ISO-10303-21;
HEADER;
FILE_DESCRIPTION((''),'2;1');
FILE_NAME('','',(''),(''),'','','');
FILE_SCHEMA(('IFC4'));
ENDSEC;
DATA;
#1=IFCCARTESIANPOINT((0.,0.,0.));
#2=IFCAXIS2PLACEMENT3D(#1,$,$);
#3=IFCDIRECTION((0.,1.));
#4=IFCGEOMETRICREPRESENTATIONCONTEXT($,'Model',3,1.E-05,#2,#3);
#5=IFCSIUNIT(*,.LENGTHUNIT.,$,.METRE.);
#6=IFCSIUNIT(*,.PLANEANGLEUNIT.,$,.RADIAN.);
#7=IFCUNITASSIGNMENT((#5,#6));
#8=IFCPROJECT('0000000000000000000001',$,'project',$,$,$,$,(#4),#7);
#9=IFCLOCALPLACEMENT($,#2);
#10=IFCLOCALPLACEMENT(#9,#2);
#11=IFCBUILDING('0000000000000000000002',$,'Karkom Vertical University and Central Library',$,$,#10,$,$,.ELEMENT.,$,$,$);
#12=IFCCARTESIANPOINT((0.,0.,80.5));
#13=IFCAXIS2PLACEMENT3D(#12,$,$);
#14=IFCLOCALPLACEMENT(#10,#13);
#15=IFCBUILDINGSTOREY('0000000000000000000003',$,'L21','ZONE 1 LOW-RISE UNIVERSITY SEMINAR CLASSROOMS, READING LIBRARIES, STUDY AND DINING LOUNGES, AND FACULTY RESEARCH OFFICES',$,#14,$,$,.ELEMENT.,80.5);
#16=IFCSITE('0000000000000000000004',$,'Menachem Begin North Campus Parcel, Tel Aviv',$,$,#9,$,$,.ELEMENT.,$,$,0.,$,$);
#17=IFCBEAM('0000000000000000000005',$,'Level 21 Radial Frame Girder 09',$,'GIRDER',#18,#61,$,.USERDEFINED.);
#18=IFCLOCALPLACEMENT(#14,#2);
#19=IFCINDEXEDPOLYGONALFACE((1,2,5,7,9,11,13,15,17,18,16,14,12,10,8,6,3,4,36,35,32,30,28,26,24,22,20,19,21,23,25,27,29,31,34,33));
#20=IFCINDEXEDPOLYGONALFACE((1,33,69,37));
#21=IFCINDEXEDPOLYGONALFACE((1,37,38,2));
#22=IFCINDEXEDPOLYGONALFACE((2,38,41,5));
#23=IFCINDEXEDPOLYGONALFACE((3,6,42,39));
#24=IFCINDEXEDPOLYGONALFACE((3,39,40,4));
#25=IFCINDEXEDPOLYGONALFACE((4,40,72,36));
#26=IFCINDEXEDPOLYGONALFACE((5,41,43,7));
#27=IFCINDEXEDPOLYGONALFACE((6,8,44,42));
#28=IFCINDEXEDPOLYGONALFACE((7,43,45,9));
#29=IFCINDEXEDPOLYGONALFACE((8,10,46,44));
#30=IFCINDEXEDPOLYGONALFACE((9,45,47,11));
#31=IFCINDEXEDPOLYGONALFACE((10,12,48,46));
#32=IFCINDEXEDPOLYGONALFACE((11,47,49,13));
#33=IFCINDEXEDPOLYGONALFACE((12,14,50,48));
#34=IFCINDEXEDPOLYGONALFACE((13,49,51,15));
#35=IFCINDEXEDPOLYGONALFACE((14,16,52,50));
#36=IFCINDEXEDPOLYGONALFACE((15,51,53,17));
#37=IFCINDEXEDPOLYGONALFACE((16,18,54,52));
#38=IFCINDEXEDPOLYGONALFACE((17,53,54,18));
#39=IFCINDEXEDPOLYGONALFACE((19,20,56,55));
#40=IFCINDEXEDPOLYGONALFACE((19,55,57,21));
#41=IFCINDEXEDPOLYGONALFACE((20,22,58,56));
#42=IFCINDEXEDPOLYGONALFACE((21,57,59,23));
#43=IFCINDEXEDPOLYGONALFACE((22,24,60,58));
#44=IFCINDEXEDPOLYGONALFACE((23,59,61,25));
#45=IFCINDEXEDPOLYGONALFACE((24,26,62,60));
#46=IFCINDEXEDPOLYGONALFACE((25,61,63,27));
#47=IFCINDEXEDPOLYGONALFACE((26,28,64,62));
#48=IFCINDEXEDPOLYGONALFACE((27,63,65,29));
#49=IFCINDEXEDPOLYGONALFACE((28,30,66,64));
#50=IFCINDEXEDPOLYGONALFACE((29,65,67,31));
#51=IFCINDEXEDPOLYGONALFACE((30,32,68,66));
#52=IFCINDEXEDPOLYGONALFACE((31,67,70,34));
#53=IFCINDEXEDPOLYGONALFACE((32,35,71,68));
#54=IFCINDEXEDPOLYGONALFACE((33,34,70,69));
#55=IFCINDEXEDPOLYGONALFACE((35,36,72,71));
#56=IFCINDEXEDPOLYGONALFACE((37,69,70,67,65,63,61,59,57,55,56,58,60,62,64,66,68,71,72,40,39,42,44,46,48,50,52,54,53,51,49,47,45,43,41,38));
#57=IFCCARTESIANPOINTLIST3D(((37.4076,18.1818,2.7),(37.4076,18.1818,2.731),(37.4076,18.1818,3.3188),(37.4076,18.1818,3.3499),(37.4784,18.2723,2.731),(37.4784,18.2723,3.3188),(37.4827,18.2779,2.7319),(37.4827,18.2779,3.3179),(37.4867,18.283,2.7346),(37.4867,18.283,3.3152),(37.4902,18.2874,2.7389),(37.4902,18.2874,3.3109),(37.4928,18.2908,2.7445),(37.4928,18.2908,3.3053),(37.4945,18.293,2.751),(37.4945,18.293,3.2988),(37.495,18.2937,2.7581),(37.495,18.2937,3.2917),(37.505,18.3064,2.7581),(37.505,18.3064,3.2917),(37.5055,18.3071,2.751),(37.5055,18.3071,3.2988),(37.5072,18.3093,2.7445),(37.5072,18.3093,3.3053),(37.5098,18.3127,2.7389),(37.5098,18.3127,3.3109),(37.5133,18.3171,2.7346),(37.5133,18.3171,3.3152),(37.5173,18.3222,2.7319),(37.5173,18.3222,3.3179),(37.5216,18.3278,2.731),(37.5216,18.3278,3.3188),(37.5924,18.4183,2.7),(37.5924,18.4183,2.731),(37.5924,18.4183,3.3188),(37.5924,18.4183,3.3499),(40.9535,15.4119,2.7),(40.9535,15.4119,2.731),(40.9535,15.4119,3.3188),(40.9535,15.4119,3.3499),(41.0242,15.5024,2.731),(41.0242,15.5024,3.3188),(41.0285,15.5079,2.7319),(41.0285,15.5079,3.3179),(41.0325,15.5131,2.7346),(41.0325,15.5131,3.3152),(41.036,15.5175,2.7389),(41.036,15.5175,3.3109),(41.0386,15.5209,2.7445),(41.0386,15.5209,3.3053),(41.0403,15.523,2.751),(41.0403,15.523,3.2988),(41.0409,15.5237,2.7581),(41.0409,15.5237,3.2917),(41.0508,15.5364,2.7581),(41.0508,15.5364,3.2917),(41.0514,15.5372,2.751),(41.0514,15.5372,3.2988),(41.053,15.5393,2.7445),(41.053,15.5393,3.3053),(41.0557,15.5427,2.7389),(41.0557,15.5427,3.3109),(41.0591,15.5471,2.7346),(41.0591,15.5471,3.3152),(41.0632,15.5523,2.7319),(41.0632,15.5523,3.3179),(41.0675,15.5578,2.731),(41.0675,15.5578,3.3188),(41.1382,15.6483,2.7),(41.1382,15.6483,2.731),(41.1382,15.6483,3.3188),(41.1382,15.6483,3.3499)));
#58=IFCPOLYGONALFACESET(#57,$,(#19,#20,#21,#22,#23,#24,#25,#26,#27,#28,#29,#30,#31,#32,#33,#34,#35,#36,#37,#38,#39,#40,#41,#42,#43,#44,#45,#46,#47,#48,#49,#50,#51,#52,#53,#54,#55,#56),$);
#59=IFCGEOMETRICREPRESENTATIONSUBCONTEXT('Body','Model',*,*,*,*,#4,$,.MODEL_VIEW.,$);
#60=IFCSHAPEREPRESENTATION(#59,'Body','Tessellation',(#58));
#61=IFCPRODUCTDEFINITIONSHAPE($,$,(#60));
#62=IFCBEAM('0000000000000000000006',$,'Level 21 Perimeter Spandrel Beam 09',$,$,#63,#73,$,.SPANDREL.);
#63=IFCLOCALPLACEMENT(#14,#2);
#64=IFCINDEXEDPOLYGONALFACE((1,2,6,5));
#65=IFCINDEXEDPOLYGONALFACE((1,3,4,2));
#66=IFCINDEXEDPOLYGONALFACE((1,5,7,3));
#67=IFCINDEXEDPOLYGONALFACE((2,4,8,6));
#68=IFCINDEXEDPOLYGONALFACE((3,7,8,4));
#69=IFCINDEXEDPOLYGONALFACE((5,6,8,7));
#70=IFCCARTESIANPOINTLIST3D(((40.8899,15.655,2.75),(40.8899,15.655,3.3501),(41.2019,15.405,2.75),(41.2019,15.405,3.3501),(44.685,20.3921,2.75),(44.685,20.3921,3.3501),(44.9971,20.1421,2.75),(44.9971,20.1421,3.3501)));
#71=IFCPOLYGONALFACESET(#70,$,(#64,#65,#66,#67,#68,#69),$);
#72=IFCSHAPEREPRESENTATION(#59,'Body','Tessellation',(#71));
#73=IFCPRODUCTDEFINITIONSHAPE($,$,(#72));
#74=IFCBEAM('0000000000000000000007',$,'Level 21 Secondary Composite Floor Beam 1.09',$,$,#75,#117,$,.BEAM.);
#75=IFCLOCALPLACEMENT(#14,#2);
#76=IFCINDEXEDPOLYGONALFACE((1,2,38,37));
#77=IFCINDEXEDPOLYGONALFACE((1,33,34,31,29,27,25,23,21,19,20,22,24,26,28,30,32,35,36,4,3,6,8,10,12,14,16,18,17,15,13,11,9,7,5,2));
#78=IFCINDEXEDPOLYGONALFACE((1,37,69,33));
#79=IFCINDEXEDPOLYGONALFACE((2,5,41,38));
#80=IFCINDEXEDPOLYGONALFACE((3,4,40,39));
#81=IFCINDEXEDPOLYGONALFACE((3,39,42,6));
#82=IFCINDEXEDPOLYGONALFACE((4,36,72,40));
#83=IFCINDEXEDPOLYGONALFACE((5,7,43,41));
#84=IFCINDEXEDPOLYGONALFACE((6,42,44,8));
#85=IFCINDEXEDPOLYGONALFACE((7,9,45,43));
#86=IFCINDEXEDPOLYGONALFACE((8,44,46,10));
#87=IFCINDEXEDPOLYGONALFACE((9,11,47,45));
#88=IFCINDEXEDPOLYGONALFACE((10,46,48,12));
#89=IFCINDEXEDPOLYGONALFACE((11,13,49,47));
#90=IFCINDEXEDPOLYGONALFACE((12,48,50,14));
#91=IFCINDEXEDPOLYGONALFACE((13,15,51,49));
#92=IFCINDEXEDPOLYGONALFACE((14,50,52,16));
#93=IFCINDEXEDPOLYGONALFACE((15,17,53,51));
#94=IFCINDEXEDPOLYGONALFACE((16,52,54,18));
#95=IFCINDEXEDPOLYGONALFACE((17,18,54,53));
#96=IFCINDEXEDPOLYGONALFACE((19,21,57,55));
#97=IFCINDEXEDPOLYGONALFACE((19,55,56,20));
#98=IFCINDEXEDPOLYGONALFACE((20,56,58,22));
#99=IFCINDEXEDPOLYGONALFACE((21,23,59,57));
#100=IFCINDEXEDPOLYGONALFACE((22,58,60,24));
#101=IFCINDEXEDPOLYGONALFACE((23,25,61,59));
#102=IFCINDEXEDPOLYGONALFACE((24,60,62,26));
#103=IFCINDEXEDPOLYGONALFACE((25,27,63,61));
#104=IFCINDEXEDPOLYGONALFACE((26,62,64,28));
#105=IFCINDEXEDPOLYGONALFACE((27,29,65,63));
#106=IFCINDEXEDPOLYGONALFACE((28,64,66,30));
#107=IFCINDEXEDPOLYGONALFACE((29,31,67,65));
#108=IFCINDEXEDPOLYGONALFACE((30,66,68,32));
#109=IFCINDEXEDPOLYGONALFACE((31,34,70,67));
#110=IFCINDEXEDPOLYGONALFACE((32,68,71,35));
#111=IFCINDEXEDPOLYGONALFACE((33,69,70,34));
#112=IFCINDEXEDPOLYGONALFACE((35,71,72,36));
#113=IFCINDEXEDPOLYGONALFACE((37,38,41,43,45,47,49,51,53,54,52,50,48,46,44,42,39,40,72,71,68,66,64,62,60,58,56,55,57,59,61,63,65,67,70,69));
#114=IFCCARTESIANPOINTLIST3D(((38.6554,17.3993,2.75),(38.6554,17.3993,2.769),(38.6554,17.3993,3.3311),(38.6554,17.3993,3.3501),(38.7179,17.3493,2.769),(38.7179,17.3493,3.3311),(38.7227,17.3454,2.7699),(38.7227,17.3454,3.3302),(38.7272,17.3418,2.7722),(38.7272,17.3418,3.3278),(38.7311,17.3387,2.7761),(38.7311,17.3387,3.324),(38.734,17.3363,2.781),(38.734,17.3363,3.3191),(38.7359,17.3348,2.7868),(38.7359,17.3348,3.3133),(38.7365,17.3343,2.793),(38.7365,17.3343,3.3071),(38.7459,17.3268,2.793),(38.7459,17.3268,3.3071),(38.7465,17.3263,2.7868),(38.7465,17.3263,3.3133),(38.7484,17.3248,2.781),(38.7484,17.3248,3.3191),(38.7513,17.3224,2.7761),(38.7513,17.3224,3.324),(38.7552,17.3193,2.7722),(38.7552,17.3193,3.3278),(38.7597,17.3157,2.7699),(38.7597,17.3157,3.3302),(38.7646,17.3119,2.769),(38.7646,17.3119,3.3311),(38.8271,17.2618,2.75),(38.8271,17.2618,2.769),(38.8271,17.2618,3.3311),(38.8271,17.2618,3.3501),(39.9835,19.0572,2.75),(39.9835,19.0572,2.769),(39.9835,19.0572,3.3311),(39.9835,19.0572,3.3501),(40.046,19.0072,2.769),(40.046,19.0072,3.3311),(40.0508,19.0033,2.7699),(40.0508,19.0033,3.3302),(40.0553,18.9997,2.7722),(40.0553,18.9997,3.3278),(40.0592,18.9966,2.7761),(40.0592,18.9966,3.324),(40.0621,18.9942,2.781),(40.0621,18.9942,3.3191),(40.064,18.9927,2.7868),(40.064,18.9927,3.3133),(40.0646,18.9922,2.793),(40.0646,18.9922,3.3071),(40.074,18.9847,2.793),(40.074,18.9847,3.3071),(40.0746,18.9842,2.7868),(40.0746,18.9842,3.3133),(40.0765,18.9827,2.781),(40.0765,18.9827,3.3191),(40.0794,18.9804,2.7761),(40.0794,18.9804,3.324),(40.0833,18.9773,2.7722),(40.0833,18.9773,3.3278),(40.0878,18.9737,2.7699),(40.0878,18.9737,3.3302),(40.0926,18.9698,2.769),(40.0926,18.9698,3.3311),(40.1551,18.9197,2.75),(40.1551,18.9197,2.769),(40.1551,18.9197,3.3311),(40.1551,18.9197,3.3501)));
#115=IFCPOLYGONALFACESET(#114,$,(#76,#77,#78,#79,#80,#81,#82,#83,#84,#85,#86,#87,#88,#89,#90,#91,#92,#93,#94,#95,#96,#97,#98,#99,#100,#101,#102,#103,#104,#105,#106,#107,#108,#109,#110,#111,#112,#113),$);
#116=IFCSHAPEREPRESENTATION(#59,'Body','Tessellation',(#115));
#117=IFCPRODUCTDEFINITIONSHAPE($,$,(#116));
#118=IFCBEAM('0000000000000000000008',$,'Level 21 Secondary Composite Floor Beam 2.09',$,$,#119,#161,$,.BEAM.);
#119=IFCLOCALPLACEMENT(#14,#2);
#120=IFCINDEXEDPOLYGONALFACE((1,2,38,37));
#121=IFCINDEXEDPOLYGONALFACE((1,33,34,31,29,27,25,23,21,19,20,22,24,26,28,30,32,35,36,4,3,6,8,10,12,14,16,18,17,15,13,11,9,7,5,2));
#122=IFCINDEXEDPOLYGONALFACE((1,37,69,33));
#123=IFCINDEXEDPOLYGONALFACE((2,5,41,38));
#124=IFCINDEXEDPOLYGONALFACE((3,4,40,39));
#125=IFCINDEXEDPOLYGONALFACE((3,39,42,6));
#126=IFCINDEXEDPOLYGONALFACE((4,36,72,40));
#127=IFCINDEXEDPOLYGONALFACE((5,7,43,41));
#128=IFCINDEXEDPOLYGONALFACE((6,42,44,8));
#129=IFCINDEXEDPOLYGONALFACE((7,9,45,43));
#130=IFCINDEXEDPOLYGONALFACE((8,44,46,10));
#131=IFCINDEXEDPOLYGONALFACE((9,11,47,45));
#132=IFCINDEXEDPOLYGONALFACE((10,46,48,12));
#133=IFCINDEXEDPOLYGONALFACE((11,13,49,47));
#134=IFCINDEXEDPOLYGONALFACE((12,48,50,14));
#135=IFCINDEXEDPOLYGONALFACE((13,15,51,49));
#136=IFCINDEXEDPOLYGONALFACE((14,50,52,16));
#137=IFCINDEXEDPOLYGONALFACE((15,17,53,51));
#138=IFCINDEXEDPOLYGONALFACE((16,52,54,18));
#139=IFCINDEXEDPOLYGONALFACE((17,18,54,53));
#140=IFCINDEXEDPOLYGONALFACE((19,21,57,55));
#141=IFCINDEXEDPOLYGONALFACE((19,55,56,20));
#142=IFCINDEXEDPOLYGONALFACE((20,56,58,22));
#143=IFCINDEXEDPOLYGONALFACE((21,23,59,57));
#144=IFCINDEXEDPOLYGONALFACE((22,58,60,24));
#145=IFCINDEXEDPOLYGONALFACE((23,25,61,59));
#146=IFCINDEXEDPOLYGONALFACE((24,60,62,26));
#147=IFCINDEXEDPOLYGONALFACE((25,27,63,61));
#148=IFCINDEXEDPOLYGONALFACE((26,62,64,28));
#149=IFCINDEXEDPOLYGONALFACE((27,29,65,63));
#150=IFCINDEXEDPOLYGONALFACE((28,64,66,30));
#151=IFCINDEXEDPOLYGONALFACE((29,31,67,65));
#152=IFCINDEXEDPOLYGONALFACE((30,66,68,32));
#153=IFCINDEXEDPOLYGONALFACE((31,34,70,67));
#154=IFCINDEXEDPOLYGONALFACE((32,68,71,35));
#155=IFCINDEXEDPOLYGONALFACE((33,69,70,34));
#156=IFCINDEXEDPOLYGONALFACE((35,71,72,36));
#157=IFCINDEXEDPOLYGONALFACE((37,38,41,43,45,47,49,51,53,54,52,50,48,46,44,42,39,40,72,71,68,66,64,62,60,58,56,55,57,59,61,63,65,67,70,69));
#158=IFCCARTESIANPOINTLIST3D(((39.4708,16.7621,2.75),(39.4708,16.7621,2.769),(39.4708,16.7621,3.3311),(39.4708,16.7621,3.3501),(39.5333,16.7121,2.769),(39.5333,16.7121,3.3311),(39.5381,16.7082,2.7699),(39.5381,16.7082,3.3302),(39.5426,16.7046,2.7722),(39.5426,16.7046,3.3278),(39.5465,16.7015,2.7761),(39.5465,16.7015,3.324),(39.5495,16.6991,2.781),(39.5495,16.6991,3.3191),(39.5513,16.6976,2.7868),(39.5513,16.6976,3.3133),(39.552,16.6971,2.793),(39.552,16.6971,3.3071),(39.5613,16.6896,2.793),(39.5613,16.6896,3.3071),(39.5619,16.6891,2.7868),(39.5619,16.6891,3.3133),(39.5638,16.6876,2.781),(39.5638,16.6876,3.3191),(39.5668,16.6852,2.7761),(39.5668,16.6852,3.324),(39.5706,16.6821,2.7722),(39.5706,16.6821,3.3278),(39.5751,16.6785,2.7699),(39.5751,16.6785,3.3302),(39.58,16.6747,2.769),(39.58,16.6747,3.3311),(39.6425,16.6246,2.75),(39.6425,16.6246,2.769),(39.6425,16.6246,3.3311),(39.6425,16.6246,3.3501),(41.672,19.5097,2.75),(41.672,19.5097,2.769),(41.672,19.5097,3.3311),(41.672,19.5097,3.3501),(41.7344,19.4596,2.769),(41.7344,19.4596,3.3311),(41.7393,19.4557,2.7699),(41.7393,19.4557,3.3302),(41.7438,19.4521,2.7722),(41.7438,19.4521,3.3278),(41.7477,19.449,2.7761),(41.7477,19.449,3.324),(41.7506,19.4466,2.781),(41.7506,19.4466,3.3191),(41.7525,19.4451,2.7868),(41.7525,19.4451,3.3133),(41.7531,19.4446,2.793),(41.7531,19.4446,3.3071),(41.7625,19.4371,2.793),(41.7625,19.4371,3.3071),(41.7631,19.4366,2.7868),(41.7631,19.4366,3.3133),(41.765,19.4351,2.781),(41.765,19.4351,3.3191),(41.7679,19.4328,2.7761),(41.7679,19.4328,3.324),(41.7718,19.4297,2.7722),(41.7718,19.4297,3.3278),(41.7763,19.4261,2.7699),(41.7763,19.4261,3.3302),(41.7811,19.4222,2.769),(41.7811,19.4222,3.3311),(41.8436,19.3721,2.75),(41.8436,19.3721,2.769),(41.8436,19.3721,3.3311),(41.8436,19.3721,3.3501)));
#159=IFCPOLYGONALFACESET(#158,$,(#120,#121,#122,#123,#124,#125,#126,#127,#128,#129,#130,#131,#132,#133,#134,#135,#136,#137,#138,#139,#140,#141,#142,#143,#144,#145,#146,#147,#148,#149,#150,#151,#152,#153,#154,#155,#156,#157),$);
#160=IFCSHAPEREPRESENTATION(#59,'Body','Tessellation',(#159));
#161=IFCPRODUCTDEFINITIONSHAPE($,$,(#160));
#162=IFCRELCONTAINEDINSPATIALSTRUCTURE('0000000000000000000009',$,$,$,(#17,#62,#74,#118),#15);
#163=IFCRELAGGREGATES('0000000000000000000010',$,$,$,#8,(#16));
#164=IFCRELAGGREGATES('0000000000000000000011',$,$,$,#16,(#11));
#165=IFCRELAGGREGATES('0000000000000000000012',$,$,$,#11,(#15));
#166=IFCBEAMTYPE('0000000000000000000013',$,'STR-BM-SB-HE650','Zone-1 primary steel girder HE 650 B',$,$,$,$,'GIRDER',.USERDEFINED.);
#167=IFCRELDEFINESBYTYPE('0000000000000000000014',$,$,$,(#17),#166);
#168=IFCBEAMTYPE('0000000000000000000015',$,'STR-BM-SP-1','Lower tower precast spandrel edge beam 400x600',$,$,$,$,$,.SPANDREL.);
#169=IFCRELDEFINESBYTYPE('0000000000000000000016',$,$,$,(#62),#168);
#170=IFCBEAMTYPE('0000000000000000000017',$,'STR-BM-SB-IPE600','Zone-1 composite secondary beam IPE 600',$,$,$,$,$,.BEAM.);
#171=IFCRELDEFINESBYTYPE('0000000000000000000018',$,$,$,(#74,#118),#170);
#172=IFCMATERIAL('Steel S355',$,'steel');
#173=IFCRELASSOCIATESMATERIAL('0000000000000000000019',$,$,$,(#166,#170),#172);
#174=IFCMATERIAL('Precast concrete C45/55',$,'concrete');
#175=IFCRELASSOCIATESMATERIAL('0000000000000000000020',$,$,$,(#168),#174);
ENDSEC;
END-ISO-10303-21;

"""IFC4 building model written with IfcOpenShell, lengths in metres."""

from ifc_helpers import new_model, si_unit, direction, frame, origin, origin_with_axes, origin_2d, place, context, subcontext, project, spatial, rectangle, i_section, extrude, source, transform, mapped, material, material_profile, profile_set, type_object, element, save


model = new_model("IFC4")

# Units and contexts
model_context = context("Model", 3, precision=1e-05, world=origin(), true_north=direction((0.0, 1.0)))
body_context = subcontext(model_context, "Body", "Model", "MODEL_VIEW")
ifc_project = project(units=[si_unit("LENGTHUNIT", "METRE"), si_unit("PLANEANGLEUNIT", "RADIAN")], contexts=[model_context])

# Site, building, storey
site_placement = place(None, origin())
site = spatial("IfcSite", under=ifc_project, at=site_placement, Name="Menachem Begin North Campus Parcel, Tel Aviv", CompositionType="ELEMENT", RefElevation=0.0)
building_placement = place(site_placement, origin())
building = spatial("IfcBuilding", under=site, at=building_placement, Name="Karkom Vertical University and Central Library", CompositionType="ELEMENT")
storey_placement = place(building_placement, frame((0.0, 0.0, 80.5)))
storey = spatial("IfcBuildingStorey", under=building, at=storey_placement, Name="L21", Description="ZONE 1 LOW-RISE UNIVERSITY SEMINAR CLASSROOMS, READING LIBRARIES, STUDY AND DINING LOUNGES, AND FACULTY RESEARCH OFFICES", CompositionType="ELEMENT", Elevation=80.5)

# Beams
ifc_material_1 = material(Name="Steel S355", Category="steel")
ifc_material_profile_1 = material_profile(ifc_material_1, i_section(OverallWidth=0.3, OverallDepth=0.6499, WebThickness=0.0161, FlangeThickness=0.031, FilletRadius=0.0271, at=origin_2d()), Name="HE 650 B")
ifc_profile_set_1 = profile_set([ifc_material_profile_1], Name="Steel S355")
beam_type_1 = type_object("IfcBeamType", Name="STR-BM-SB-HE650", Description="Zone-1 primary steel girder HE 650 B", ElementType="GIRDER", PredefinedType="USERDEFINED", material=ifc_profile_set_1)
shared_shape_1 = source(origin_with_axes(), body_context, "Body", "SweptSolid", [
    extrude(i_section(OverallWidth=0.3, OverallDepth=0.6499, WebThickness=0.0161, FlangeThickness=0.031, FilletRadius=0.0271, at=origin_2d()), origin(), (0.0, 0.0, 1.0), 4.4995),
])
beam_1_placement = place(storey_placement, frame((37.5, 18.3, 3.0249), z_axis=(0.788047, -0.615615, 0.0), x_axis=(0.615615, 0.788047, 0.0)))
element("IfcBeam", 1, at=beam_1_placement, inside=storey, type_object=beam_type_1, Name="Level 21 Radial Frame Girder 09", ObjectType="GIRDER", PredefinedType="USERDEFINED", context=body_context, shape_type="MappedRepresentation", body=[
    mapped(shared_shape_1, transform((0.0, 0.0, 0.0), scale=1.0)),
])
ifc_material_2 = material(Name="Precast concrete C45/55", Category="concrete")
ifc_material_profile_2 = material_profile(ifc_material_2, rectangle(XDim=0.3999, YDim=0.6001, at=origin_2d()), Name="SPB-400x600")
ifc_profile_set_2 = profile_set([ifc_material_profile_2], Name="Precast concrete C45/55")
beam_type_2 = type_object("IfcBeamType", Name="STR-BM-SP-1", Description="Lower tower precast spandrel edge beam 400x600", PredefinedType="SPANDREL", material=ifc_profile_set_2)
shared_shape_2 = source(origin_with_axes(), body_context, "Body", "SweptSolid", [
    extrude(rectangle(XDim=0.3999, YDim=0.6001, at=origin_2d()), origin(), (0.0, 0.0, 1.0), 6.0698),
])
beam_2_placement = place(storey_placement, frame((41.0459, 15.53, 3.05), z_axis=(0.625249, 0.780425, 0.0), x_axis=(-0.780425, 0.625249, 0.0)))
element("IfcBeam", 2, at=beam_2_placement, inside=storey, type_object=beam_type_2, Name="Level 21 Perimeter Spandrel Beam 09", PredefinedType="SPANDREL", context=body_context, shape_type="MappedRepresentation", body=[
    mapped(shared_shape_2, transform((0.0, 0.0, 0.0), scale=1.0)),
])
ifc_material_profile_3 = material_profile(ifc_material_1, i_section(OverallWidth=0.22, OverallDepth=0.6001, WebThickness=0.012, FlangeThickness=0.019, FilletRadius=0.0239, at=origin_2d()), Name="IPE 600")
ifc_profile_set_3 = profile_set([ifc_material_profile_3], Name="Steel S355")
beam_type_3 = type_object("IfcBeamType", Name="STR-BM-SB-IPE600", Description="Zone-1 composite secondary beam IPE 600", PredefinedType="BEAM", material=ifc_profile_set_3)
shared_shape_3 = source(origin_with_axes(), body_context, "Body", "SweptSolid", [
    extrude(i_section(OverallWidth=0.22, OverallDepth=0.6001, WebThickness=0.012, FlangeThickness=0.019, FilletRadius=0.0239, at=origin_2d()), origin(), (0.0, 0.0, 1.0), 2.1243),
])
beam_3_placement = place(storey_placement, frame((38.7412, 17.3306, 3.05), z_axis=(0.625199, 0.780465, 0.0), x_axis=(-0.780465, 0.625199, 0.0)))
element("IfcBeam", 3, at=beam_3_placement, inside=storey, type_object=beam_type_3, Name="Level 21 Secondary Composite Floor Beam 1.09", PredefinedType="BEAM", context=body_context, shape_type="MappedRepresentation", body=[
    mapped(shared_shape_3, transform((0.0, 0.0, 0.0), scale=1.0)),
])
shared_shape_4 = source(origin_with_axes(), body_context, "Body", "SweptSolid", [
    extrude(i_section(OverallWidth=0.22, OverallDepth=0.6001, WebThickness=0.012, FlangeThickness=0.019, FilletRadius=0.0239, at=origin_2d()), origin(), (0.0, 0.0, 1.0), 3.5205),
])
beam_4_placement = place(storey_placement, frame((39.5566, 16.6934, 3.05), z_axis=(0.625236, 0.780436, 0.0), x_axis=(-0.780436, 0.625236, 0.0)))
element("IfcBeam", 4, at=beam_4_placement, inside=storey, type_object=beam_type_3, Name="Level 21 Secondary Composite Floor Beam 2.09", PredefinedType="BEAM", context=body_context, shape_type="MappedRepresentation", body=[
    mapped(shared_shape_4, transform((0.0, 0.0, 0.0), scale=1.0)),
])

save(model, "model.ifc")
